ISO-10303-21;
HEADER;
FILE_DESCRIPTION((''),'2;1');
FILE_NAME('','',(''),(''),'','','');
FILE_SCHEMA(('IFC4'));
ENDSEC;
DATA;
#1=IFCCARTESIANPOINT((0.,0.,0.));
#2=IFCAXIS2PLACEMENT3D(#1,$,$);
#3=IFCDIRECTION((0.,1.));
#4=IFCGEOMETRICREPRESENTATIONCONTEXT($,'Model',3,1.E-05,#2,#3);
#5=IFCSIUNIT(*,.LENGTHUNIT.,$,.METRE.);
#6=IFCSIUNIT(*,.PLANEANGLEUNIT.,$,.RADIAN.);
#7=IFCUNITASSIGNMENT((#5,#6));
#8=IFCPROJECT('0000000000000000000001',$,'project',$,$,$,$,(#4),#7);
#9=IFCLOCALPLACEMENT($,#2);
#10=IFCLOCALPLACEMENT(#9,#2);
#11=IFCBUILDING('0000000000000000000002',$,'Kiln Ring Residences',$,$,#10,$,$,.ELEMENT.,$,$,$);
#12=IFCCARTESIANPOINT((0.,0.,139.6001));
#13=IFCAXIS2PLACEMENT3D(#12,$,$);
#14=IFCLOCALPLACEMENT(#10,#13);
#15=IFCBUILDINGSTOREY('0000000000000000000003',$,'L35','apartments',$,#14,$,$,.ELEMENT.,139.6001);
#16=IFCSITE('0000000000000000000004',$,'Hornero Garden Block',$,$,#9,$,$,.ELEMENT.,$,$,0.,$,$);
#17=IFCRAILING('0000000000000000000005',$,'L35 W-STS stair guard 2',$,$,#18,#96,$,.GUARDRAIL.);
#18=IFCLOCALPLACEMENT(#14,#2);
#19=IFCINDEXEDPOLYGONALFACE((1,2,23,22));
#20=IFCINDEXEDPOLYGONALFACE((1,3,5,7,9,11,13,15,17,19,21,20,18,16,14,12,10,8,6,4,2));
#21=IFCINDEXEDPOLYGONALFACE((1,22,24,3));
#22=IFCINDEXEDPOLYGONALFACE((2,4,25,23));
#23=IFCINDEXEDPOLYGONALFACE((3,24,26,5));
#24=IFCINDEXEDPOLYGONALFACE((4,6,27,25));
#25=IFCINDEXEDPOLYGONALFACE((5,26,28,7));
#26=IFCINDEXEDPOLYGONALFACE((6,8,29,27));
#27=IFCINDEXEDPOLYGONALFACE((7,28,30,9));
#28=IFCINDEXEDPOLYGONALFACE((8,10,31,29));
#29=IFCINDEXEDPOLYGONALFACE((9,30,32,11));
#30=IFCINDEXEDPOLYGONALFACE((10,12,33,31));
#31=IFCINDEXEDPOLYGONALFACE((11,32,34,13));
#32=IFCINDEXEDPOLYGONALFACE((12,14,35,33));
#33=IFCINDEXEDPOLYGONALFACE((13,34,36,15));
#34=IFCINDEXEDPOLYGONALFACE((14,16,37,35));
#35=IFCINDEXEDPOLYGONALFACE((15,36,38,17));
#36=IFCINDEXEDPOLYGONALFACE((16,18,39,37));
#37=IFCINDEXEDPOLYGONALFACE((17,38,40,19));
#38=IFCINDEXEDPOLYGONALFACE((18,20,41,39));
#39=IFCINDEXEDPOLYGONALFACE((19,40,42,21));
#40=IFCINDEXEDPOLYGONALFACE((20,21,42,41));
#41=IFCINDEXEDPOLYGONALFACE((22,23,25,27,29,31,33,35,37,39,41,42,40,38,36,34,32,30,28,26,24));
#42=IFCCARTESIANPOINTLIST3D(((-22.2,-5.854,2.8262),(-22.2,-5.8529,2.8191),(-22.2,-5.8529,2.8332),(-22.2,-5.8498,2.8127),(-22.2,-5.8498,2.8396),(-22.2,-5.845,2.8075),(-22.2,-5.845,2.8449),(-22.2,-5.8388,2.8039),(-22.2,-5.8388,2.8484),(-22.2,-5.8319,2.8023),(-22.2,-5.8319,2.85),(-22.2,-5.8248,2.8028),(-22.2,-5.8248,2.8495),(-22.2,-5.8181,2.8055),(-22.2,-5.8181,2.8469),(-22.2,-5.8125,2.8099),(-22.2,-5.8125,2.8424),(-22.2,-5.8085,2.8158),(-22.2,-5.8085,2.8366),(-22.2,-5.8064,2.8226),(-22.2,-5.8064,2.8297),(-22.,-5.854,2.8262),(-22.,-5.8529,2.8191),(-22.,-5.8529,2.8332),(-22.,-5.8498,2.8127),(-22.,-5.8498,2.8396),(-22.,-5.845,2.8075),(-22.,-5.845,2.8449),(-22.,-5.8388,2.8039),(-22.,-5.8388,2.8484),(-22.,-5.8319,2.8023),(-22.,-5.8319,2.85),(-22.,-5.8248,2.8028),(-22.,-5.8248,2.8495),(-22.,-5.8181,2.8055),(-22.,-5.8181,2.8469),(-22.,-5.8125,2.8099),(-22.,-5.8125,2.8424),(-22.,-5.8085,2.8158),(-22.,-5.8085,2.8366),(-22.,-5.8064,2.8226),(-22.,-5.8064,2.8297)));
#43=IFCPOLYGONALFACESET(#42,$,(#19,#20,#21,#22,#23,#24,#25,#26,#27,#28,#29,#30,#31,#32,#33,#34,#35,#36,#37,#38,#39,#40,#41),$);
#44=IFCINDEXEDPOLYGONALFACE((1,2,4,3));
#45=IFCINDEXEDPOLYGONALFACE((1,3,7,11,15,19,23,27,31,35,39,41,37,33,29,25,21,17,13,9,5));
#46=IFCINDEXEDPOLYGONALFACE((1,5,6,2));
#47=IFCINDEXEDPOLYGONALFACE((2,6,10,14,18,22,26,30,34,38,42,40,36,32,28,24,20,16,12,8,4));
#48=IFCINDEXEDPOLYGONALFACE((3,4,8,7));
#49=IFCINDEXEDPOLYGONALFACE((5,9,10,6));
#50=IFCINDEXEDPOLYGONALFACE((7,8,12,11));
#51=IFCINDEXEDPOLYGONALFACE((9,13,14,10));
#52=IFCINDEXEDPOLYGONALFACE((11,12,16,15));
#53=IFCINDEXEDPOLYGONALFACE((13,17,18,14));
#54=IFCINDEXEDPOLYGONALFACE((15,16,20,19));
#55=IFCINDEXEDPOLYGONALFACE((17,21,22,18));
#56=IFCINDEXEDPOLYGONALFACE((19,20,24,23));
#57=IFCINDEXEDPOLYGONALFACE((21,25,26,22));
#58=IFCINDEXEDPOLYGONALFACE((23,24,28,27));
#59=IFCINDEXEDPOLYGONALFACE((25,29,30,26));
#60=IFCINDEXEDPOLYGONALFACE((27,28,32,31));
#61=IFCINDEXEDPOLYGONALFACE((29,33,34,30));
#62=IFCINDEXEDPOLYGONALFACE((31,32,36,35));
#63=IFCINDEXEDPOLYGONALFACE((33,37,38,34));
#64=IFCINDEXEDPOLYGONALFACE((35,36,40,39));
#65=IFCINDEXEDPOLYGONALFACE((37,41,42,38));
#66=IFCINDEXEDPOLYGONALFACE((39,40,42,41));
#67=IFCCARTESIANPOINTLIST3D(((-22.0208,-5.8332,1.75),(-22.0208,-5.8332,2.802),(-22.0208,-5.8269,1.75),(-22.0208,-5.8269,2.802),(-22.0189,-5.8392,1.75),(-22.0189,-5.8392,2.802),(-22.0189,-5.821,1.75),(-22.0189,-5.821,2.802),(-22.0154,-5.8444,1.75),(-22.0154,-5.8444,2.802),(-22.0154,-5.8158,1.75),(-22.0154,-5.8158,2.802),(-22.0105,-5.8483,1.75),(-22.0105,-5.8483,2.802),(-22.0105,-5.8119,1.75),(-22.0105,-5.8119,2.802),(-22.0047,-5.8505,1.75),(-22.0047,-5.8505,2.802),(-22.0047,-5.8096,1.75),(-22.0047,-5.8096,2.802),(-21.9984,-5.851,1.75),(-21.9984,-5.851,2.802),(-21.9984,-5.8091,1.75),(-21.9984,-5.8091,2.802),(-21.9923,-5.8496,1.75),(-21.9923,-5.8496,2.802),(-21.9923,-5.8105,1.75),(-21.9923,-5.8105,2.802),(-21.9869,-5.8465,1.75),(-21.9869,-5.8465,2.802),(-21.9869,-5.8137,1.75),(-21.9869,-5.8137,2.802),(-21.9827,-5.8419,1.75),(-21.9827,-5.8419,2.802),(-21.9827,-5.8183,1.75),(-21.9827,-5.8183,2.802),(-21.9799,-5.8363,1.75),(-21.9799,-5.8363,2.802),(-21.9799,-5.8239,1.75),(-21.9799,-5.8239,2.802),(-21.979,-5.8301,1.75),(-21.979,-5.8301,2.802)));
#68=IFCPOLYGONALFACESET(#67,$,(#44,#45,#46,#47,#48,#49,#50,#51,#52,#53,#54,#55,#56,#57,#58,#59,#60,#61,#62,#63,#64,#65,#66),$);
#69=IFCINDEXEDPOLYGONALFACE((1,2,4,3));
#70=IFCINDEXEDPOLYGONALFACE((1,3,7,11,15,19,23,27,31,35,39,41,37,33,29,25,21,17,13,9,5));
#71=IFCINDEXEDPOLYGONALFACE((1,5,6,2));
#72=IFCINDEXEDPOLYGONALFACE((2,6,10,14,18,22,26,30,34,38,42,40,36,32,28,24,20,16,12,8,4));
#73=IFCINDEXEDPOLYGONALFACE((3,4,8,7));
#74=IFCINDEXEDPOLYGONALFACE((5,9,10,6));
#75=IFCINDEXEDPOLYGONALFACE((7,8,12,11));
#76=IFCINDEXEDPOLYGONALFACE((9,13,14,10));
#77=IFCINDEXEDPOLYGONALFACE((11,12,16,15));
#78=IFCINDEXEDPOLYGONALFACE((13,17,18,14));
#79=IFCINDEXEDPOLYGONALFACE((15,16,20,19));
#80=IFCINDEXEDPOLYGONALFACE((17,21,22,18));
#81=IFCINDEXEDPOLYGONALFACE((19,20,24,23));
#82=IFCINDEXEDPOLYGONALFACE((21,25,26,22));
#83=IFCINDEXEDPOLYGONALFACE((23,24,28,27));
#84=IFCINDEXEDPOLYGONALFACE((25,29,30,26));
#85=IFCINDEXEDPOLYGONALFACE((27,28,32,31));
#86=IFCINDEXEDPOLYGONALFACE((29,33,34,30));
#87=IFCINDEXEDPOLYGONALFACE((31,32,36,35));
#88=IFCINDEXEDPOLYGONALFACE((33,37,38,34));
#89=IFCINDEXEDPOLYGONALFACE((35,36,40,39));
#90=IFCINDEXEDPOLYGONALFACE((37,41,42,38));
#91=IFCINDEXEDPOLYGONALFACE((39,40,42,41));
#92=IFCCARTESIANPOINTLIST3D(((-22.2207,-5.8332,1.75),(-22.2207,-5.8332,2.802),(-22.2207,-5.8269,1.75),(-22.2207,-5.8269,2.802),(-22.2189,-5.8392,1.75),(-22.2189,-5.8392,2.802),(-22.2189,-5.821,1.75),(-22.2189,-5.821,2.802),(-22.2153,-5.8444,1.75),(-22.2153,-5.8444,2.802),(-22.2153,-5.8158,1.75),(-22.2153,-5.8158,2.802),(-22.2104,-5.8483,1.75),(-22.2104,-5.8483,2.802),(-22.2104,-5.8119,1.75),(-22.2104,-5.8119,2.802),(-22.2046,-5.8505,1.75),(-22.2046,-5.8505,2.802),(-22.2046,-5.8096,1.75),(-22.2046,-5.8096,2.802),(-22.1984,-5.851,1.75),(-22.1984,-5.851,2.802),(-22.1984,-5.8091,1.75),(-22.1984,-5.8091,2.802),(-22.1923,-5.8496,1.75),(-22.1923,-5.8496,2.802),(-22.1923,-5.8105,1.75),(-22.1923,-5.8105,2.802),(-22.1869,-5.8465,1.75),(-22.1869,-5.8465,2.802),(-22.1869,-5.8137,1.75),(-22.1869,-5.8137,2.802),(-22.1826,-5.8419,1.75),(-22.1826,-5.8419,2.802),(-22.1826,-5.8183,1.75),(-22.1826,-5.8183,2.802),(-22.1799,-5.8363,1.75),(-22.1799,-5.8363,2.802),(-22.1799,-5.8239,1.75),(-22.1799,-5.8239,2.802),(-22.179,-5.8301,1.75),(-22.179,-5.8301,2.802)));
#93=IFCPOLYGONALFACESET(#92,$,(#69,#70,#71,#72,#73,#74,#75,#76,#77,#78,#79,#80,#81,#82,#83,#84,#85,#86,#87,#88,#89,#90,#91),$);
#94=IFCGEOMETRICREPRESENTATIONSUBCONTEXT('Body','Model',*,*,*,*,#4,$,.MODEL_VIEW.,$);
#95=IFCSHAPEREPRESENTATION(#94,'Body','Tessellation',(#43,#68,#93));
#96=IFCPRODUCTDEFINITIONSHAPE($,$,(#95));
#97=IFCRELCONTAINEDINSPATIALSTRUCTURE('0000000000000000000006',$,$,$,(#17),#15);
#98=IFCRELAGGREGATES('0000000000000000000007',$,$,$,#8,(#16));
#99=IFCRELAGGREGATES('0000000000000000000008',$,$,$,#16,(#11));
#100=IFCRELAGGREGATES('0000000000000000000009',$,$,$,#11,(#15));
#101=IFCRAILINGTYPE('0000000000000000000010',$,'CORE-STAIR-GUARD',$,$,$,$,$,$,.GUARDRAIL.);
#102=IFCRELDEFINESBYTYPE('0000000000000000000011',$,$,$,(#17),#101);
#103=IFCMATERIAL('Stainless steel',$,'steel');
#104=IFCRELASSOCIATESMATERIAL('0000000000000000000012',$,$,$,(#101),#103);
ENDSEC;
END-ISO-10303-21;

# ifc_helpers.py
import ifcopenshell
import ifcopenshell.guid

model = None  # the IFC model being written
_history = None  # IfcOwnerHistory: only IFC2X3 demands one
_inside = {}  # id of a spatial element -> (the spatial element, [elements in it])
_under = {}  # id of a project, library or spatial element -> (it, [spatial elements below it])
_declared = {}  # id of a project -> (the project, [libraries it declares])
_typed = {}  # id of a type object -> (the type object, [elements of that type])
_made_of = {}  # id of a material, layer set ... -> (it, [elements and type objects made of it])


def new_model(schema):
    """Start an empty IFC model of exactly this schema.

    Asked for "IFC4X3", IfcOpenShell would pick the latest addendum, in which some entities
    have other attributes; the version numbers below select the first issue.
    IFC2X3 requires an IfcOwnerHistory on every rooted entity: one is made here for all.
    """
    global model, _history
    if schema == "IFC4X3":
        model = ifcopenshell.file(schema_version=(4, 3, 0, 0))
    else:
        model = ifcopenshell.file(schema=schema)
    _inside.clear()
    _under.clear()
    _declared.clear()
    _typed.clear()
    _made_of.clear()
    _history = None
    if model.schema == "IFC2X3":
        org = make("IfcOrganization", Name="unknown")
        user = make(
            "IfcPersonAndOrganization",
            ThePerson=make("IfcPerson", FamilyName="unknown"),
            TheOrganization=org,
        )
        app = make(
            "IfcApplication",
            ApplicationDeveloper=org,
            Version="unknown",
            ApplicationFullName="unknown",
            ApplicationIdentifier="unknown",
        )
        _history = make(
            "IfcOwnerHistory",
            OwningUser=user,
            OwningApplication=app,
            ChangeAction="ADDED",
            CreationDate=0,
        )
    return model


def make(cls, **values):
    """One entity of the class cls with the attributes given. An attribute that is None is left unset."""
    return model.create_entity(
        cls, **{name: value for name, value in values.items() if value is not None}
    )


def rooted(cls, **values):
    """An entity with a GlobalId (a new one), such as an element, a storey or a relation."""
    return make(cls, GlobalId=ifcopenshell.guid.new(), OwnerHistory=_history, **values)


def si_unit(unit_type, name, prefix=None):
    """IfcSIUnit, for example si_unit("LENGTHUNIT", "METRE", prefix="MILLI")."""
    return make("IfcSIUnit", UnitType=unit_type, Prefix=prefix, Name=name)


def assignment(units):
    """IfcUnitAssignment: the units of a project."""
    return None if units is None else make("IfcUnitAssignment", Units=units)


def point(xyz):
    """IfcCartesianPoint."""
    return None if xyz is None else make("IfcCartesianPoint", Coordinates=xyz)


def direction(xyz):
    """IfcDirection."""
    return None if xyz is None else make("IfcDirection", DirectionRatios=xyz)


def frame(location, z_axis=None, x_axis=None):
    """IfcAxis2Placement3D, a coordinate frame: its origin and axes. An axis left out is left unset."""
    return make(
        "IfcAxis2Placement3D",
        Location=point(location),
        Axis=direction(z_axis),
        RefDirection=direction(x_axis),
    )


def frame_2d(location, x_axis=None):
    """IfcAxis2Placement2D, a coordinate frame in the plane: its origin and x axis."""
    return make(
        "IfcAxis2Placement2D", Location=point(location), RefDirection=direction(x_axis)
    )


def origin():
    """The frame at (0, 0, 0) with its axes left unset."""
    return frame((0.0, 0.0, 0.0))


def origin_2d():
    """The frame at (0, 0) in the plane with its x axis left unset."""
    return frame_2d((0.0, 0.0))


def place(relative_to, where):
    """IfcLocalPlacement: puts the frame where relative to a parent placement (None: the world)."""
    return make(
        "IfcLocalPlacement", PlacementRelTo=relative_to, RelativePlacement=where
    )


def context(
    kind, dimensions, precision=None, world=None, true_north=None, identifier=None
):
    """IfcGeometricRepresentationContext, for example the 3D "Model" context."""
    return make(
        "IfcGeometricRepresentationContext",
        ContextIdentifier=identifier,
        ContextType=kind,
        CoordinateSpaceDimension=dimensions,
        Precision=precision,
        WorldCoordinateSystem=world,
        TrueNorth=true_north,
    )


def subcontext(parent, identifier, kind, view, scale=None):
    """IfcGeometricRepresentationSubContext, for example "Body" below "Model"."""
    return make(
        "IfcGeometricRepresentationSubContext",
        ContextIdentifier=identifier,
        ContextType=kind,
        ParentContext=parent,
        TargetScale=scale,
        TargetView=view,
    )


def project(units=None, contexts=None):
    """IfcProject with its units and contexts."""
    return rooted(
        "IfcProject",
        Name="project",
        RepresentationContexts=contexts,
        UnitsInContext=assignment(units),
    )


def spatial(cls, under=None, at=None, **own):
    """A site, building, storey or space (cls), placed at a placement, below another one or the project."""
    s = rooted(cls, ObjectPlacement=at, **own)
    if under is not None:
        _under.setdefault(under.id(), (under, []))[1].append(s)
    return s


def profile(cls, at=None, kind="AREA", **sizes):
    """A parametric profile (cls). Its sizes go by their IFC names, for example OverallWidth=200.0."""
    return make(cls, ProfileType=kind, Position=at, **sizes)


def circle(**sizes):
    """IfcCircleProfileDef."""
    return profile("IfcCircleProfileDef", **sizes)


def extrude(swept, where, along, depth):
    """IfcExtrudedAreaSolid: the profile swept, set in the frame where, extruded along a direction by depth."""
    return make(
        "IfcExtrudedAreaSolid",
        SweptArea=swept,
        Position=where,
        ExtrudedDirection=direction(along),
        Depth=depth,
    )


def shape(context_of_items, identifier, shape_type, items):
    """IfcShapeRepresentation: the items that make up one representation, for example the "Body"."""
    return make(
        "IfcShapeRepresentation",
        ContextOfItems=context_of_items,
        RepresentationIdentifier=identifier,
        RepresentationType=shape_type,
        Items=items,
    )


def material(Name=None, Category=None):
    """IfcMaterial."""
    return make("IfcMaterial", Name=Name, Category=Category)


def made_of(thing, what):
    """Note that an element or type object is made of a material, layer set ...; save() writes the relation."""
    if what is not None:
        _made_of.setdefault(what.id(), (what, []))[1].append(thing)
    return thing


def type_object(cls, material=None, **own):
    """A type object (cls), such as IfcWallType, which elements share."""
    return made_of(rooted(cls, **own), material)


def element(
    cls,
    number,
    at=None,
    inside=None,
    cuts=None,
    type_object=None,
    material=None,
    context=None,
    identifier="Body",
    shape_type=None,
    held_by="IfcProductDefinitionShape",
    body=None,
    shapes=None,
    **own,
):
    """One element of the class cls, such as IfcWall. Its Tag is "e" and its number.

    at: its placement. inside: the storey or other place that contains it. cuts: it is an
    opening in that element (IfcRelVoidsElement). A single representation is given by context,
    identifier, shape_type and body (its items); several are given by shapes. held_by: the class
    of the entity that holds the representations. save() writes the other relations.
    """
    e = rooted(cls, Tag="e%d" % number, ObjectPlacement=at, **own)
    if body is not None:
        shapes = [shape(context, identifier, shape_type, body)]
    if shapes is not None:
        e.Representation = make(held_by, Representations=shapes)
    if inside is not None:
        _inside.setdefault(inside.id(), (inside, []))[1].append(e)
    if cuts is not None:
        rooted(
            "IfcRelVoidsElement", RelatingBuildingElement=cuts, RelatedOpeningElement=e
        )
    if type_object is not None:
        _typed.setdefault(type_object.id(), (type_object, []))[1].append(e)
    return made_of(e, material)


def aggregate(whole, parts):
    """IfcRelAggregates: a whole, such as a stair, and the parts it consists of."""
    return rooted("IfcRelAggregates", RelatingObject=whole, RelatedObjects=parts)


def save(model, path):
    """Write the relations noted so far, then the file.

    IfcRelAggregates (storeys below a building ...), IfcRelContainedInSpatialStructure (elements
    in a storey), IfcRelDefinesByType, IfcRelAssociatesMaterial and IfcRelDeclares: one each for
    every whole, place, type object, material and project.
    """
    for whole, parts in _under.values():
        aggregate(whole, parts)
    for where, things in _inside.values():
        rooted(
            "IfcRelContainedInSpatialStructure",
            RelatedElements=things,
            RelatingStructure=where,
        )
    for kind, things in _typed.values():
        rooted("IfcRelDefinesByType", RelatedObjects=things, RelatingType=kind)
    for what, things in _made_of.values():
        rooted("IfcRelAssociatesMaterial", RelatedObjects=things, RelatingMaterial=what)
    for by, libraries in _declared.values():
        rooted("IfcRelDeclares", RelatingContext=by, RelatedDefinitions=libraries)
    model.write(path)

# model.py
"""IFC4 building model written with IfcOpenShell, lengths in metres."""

from ifc_helpers import new_model, si_unit, direction, frame, origin, origin_2d, place, context, subcontext, project, spatial, circle, extrude, material, type_object, element, save


model = new_model("IFC4")

# Units and contexts
model_context = context("Model", 3, precision=1e-05, world=origin(), true_north=direction((0.0, 1.0)))
body_context = subcontext(model_context, "Body", "Model", "MODEL_VIEW")
ifc_project = project(units=[si_unit("LENGTHUNIT", "METRE"), si_unit("PLANEANGLEUNIT", "RADIAN")], contexts=[model_context])

# Site, building, storey
site_placement = place(None, origin())
site = spatial("IfcSite", under=ifc_project, at=site_placement, Name="Hornero Garden Block", CompositionType="ELEMENT", RefElevation=0.0)
building_placement = place(site_placement, origin())
building = spatial("IfcBuilding", under=site, at=building_placement, Name="Kiln Ring Residences", CompositionType="ELEMENT")
storey_placement = place(building_placement, frame((0.0, 0.0, 139.6001)))
storey = spatial("IfcBuildingStorey", under=building, at=storey_placement, Name="L35", Description="apartments", CompositionType="ELEMENT", Elevation=139.6001)

# Railing
ifc_material_1 = material(Name="Stainless steel", Category="steel")
railing_type_1 = type_object("IfcRailingType", Name="CORE-STAIR-GUARD", PredefinedType="GUARDRAIL", material=ifc_material_1)
railing_1_placement = place(storey_placement, frame((-22.0, -5.8301, 1.75)))
element("IfcRailing", 1, at=railing_1_placement, inside=storey, type_object=railing_type_1, Name="L35 W-STS stair guard 2", PredefinedType="GUARDRAIL", context=body_context, shape_type="SweptSolid", body=[
    extrude(circle(Radius=0.0239, at=origin_2d()), frame((0.0, 0.0, 1.0762), z_axis=(-1.0, 0.0, 0.0), x_axis=(0.0, -1.0, 0.0)), (0.0, 0.0, 1.0), 0.2),
    extrude(circle(Radius=0.021, at=origin_2d()), origin(), (0.0, 0.0, 1.0), 1.052),
    extrude(circle(Radius=0.021, at=origin_2d()), frame((-0.2, 0.0, 0.0)), (0.0, 0.0, 1.0), 1.052),
])

save(model, "model.ifc")
